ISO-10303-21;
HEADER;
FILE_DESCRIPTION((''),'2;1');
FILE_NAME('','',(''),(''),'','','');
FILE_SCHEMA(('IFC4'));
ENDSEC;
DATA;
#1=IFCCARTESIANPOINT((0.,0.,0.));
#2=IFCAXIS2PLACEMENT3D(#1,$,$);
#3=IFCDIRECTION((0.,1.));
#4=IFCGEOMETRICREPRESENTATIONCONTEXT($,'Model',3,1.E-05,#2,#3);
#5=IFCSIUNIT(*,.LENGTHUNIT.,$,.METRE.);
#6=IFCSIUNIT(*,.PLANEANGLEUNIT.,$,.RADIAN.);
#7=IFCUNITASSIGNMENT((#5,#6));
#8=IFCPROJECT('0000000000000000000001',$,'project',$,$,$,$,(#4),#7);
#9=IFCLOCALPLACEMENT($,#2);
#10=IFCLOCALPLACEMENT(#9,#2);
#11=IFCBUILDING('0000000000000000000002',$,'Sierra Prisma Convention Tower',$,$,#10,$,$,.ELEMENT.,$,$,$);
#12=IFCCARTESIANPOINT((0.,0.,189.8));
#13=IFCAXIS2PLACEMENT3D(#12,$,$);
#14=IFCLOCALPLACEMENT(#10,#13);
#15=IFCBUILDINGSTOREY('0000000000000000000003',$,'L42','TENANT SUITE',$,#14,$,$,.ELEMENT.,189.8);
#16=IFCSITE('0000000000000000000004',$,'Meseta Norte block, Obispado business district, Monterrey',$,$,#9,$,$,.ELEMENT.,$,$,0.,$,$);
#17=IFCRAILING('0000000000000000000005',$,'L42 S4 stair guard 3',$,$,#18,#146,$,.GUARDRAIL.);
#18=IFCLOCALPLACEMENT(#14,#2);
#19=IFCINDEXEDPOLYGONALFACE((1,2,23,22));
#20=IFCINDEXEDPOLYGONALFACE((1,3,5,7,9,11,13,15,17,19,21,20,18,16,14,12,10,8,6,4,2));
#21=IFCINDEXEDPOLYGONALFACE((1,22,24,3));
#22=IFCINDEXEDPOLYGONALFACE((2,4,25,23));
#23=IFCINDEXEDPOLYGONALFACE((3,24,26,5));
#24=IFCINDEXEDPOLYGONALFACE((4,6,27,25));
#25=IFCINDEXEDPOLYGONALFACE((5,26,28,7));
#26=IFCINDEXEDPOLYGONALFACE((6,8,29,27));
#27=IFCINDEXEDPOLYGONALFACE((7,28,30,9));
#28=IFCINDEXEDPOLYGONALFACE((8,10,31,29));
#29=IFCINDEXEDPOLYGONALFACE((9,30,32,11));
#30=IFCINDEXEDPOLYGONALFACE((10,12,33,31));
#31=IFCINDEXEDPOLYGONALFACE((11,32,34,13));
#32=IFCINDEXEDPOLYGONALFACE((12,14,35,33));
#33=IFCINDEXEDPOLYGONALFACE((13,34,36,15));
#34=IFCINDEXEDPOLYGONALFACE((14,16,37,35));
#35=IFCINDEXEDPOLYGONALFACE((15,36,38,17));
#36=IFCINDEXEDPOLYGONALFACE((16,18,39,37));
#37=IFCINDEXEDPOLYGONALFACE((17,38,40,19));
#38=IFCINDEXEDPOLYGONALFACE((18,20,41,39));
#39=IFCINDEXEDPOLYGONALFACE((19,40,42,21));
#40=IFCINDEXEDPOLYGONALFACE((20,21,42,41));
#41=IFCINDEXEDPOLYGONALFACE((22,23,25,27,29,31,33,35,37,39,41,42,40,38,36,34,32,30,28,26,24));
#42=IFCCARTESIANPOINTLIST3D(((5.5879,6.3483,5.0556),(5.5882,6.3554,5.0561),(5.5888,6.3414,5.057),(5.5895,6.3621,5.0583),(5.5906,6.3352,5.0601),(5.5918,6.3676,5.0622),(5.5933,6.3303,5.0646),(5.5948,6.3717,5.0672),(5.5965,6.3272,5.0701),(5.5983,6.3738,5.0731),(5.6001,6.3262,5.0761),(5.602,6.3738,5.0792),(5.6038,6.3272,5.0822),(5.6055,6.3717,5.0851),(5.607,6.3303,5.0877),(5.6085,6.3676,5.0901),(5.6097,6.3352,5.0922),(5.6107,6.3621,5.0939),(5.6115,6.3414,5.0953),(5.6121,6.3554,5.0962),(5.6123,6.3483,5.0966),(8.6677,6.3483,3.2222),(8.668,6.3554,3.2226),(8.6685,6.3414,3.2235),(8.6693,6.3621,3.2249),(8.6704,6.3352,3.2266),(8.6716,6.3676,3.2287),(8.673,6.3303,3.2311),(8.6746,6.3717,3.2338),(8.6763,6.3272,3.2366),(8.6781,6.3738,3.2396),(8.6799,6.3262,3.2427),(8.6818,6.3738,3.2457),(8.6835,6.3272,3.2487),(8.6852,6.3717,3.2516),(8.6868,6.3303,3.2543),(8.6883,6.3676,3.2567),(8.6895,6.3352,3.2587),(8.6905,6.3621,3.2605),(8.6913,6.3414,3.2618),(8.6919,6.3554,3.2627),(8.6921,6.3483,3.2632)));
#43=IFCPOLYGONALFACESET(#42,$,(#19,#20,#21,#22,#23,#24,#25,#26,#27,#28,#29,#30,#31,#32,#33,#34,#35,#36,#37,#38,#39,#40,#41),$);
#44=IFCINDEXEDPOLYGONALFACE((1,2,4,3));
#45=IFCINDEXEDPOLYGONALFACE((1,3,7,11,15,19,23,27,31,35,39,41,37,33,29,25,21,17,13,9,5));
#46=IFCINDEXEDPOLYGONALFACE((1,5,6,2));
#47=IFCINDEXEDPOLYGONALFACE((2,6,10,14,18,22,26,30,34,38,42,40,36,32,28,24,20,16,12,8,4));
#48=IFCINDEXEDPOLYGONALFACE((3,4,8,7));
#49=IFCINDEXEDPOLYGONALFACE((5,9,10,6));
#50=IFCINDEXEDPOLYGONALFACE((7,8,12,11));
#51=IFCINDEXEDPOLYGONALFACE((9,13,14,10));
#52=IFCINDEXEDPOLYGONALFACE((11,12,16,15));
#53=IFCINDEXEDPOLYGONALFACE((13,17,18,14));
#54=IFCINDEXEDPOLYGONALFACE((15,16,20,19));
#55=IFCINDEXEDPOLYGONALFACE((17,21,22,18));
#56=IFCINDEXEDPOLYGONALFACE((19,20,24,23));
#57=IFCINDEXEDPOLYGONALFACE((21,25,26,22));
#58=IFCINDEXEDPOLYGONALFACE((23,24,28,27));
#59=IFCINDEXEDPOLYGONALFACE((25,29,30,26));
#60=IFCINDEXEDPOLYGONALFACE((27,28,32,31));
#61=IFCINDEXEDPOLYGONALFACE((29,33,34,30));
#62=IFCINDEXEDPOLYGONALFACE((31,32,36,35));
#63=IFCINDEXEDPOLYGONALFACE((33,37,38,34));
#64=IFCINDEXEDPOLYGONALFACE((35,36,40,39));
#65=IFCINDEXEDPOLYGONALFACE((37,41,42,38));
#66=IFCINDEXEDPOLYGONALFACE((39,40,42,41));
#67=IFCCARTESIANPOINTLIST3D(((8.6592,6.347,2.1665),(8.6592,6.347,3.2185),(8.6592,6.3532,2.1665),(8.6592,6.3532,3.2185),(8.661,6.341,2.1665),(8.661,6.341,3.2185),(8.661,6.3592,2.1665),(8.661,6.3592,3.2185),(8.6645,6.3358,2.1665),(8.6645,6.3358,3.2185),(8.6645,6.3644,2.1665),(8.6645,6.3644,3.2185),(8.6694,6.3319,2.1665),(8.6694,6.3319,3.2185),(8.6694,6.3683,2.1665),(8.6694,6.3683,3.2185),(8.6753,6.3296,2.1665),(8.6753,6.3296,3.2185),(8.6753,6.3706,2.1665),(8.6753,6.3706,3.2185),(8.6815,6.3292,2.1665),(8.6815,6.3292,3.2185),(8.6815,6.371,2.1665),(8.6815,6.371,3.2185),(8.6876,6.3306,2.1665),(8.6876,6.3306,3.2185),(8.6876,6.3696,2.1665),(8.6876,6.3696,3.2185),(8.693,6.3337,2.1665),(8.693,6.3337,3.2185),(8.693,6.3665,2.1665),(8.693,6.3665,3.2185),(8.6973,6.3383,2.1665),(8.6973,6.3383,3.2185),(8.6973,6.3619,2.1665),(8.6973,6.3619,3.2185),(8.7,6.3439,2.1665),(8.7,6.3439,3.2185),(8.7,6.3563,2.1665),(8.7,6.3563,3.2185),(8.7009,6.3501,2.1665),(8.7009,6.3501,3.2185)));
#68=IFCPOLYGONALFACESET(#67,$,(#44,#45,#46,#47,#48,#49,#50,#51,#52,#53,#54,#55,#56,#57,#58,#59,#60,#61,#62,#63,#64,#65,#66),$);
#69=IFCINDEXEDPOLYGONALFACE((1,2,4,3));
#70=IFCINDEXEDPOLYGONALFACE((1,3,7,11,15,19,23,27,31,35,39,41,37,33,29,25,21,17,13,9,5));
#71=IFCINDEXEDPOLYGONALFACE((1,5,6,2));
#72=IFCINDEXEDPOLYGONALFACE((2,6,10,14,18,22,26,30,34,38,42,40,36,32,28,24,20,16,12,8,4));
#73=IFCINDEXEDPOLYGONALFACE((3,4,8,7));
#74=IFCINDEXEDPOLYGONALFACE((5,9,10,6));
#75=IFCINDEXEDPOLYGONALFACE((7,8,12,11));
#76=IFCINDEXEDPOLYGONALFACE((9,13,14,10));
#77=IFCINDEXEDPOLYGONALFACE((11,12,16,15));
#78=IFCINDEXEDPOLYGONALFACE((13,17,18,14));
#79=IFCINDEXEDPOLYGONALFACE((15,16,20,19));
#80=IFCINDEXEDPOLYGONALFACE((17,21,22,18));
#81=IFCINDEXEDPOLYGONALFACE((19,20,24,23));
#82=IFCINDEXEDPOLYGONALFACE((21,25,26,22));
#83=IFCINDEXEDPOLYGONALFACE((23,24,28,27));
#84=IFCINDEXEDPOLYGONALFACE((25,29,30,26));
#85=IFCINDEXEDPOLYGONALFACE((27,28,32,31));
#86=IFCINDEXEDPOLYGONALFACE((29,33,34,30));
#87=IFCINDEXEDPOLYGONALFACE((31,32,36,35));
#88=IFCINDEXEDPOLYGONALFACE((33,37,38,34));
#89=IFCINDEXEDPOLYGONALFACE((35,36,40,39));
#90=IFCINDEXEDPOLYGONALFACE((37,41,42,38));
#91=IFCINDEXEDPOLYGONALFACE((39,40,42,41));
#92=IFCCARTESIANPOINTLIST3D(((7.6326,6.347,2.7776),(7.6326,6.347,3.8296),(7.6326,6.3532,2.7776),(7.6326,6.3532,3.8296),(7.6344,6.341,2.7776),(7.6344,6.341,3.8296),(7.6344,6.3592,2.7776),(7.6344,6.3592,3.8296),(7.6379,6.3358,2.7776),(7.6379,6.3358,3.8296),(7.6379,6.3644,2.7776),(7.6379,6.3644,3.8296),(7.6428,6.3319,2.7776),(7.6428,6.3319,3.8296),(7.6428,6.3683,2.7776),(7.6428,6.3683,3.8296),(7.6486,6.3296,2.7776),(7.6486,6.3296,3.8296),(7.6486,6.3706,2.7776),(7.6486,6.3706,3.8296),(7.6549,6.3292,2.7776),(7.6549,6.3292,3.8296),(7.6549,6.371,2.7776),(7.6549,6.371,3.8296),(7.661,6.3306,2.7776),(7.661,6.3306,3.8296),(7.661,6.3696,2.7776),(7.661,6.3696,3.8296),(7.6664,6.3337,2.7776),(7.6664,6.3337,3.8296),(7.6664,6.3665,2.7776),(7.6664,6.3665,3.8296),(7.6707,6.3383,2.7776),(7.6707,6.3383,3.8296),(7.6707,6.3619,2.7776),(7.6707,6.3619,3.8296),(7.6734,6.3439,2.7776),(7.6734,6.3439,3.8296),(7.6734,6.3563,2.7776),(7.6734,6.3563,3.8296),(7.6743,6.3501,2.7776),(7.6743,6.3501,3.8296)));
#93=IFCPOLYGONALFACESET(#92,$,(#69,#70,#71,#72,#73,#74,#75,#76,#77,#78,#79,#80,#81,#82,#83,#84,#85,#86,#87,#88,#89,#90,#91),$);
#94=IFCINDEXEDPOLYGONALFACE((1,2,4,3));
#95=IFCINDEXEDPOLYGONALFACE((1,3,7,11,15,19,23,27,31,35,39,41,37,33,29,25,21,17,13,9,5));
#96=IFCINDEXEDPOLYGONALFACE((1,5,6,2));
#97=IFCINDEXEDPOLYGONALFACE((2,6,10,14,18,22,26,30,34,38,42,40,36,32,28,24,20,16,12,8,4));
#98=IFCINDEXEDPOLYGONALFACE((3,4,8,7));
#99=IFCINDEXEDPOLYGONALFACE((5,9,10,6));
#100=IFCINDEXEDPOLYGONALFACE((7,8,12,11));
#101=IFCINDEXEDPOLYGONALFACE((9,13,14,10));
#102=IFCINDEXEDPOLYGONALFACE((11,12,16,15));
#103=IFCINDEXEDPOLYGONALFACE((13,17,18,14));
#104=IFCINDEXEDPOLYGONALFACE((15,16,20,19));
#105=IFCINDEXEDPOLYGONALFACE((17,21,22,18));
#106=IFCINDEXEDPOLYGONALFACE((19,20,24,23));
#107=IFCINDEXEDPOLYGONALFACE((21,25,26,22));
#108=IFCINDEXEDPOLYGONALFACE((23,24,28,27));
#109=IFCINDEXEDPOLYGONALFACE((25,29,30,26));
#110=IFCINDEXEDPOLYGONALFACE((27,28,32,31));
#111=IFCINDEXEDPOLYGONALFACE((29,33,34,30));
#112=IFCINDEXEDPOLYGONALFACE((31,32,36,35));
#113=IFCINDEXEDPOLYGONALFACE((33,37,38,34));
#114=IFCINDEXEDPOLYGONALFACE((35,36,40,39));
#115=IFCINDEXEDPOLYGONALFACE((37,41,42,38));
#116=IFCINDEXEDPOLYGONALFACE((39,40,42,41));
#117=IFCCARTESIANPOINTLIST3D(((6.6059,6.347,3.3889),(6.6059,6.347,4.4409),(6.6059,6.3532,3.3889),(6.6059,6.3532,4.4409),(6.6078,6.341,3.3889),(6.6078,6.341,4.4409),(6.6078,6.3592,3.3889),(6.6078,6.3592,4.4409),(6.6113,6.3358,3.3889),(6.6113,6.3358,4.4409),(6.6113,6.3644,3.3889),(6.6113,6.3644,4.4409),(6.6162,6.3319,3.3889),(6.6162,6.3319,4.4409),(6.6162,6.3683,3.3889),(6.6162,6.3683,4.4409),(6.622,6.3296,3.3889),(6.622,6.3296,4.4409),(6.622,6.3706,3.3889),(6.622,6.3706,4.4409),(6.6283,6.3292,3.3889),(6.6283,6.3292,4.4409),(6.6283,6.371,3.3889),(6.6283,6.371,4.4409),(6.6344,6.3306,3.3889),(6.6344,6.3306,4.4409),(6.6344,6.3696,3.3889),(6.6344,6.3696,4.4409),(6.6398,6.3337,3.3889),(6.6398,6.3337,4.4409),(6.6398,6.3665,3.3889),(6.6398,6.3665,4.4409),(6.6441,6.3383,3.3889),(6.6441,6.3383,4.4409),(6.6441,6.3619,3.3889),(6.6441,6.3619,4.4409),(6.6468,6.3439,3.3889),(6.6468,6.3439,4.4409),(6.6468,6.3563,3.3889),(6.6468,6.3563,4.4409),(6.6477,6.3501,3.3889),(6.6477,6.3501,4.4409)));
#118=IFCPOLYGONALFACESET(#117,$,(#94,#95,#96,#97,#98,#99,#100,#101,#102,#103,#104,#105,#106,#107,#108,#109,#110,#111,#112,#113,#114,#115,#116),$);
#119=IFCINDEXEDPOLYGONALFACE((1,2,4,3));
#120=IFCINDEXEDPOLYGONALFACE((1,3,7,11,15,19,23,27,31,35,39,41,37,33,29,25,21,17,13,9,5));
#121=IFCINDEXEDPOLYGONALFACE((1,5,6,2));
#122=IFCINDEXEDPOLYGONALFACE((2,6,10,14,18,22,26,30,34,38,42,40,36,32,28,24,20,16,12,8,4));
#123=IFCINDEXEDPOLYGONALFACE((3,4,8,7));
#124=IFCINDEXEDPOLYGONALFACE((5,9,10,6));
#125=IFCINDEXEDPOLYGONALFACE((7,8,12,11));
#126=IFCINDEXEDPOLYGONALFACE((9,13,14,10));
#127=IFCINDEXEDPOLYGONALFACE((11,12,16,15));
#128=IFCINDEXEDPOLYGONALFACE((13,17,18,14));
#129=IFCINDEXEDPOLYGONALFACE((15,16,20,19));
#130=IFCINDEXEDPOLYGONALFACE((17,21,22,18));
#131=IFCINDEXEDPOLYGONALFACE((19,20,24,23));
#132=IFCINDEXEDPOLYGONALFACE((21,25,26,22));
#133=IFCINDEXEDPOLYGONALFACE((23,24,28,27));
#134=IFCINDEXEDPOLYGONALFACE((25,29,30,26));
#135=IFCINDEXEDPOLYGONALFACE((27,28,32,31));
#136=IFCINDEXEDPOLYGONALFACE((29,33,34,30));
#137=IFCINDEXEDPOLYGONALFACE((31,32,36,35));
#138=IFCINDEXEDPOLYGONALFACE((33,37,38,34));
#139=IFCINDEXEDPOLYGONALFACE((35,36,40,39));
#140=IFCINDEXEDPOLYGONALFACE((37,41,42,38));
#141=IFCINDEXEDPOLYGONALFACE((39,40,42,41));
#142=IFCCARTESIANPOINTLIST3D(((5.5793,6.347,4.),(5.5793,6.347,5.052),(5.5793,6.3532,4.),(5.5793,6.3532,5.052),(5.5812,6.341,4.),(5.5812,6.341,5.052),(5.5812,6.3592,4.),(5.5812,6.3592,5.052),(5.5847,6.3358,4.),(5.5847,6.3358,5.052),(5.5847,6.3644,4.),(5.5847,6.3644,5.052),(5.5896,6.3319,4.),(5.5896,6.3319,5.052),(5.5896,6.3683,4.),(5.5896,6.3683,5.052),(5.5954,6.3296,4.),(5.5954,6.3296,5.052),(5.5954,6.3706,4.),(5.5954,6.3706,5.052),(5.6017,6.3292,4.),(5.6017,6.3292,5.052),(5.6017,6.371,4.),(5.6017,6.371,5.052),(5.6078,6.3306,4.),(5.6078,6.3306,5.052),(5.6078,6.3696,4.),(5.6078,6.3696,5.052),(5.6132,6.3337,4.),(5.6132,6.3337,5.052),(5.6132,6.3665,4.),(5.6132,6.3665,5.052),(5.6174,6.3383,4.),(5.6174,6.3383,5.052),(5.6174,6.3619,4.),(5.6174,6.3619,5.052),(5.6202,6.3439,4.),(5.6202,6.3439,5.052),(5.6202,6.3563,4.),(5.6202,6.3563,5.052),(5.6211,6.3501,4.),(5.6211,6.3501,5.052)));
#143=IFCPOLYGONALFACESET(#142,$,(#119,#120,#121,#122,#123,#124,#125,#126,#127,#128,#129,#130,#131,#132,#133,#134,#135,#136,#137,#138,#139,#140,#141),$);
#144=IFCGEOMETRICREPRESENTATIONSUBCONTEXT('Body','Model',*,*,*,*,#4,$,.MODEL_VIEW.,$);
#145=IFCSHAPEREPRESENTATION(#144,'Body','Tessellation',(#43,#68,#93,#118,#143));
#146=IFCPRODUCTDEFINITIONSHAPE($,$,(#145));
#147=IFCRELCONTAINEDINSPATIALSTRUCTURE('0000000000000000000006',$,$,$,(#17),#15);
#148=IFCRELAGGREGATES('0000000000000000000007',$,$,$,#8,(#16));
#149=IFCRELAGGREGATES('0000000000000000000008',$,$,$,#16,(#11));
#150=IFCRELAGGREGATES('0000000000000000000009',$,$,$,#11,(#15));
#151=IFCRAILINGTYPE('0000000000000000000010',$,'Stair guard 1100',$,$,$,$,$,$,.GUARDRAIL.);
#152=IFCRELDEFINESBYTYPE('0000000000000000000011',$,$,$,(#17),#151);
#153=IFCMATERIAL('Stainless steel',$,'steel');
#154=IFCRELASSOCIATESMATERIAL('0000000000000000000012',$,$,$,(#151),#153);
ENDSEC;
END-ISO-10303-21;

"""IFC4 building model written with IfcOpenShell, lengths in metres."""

from ifc_helpers import new_model, si_unit, direction, frame, origin, origin_2d, place, context, subcontext, project, spatial, circle, extrude, material, type_object, element, save


model = new_model("IFC4")

# Units and contexts
model_context = context("Model", 3, precision=1e-05, world=origin(), true_north=direction((0.0, 1.0)))
body_context = subcontext(model_context, "Body", "Model", "MODEL_VIEW")
ifc_project = project(units=[si_unit("LENGTHUNIT", "METRE"), si_unit("PLANEANGLEUNIT", "RADIAN")], contexts=[model_context])

# Site, building, storey
site_placement = place(None, origin())
site = spatial("IfcSite", under=ifc_project, at=site_placement, Name="Meseta Norte block, Obispado business district, Monterrey", CompositionType="ELEMENT", RefElevation=0.0)
building_placement = place(site_placement, origin())
building = spatial("IfcBuilding", under=site, at=building_placement, Name="Sierra Prisma Convention Tower", CompositionType="ELEMENT")
storey_placement = place(building_placement, frame((0.0, 0.0, 189.8)))
storey = spatial("IfcBuildingStorey", under=building, at=storey_placement, Name="L42", Description="TENANT SUITE", CompositionType="ELEMENT", Elevation=189.8)

# Railing
ifc_material_1 = material(Name="Stainless steel", Category="steel")
railing_type_1 = type_object("IfcRailingType", Name="Stair guard 1100", PredefinedType="GUARDRAIL", material=ifc_material_1)
railing_1_placement = place(storey_placement, frame((8.6799, 6.3501, 2.1665)))
element("IfcRailing", 1, at=railing_1_placement, inside=storey, type_object=railing_type_1, Name="L42 S4 stair guard 3", PredefinedType="GUARDRAIL", context=body_context, shape_type="SweptSolid", body=[
    extrude(circle(Radius=0.0239, at=origin_2d()), frame((0.0, 0.0, 1.0762), z_axis=(-0.859261, 0.0, 0.511538), x_axis=(0.0, -1.0, 0.0)), (0.0, 0.0, 1.0), 3.5842),
    extrude(circle(Radius=0.021, at=origin_2d()), origin(), (0.0, 0.0, 1.0), 1.052),
    extrude(circle(Radius=0.021, at=origin_2d()), frame((-1.0266, 0.0, 0.6111)), (0.0, 0.0, 1.0), 1.052),
    extrude(circle(Radius=0.021, at=origin_2d()), frame((-2.0532, 0.0, 1.2224)), (0.0, 0.0, 1.0), 1.052),
    extrude(circle(Radius=0.021, at=origin_2d()), frame((-3.0798, 0.0, 1.8335)), (0.0, 0.0, 1.0), 1.052),
])

save(model, "model.ifc")
